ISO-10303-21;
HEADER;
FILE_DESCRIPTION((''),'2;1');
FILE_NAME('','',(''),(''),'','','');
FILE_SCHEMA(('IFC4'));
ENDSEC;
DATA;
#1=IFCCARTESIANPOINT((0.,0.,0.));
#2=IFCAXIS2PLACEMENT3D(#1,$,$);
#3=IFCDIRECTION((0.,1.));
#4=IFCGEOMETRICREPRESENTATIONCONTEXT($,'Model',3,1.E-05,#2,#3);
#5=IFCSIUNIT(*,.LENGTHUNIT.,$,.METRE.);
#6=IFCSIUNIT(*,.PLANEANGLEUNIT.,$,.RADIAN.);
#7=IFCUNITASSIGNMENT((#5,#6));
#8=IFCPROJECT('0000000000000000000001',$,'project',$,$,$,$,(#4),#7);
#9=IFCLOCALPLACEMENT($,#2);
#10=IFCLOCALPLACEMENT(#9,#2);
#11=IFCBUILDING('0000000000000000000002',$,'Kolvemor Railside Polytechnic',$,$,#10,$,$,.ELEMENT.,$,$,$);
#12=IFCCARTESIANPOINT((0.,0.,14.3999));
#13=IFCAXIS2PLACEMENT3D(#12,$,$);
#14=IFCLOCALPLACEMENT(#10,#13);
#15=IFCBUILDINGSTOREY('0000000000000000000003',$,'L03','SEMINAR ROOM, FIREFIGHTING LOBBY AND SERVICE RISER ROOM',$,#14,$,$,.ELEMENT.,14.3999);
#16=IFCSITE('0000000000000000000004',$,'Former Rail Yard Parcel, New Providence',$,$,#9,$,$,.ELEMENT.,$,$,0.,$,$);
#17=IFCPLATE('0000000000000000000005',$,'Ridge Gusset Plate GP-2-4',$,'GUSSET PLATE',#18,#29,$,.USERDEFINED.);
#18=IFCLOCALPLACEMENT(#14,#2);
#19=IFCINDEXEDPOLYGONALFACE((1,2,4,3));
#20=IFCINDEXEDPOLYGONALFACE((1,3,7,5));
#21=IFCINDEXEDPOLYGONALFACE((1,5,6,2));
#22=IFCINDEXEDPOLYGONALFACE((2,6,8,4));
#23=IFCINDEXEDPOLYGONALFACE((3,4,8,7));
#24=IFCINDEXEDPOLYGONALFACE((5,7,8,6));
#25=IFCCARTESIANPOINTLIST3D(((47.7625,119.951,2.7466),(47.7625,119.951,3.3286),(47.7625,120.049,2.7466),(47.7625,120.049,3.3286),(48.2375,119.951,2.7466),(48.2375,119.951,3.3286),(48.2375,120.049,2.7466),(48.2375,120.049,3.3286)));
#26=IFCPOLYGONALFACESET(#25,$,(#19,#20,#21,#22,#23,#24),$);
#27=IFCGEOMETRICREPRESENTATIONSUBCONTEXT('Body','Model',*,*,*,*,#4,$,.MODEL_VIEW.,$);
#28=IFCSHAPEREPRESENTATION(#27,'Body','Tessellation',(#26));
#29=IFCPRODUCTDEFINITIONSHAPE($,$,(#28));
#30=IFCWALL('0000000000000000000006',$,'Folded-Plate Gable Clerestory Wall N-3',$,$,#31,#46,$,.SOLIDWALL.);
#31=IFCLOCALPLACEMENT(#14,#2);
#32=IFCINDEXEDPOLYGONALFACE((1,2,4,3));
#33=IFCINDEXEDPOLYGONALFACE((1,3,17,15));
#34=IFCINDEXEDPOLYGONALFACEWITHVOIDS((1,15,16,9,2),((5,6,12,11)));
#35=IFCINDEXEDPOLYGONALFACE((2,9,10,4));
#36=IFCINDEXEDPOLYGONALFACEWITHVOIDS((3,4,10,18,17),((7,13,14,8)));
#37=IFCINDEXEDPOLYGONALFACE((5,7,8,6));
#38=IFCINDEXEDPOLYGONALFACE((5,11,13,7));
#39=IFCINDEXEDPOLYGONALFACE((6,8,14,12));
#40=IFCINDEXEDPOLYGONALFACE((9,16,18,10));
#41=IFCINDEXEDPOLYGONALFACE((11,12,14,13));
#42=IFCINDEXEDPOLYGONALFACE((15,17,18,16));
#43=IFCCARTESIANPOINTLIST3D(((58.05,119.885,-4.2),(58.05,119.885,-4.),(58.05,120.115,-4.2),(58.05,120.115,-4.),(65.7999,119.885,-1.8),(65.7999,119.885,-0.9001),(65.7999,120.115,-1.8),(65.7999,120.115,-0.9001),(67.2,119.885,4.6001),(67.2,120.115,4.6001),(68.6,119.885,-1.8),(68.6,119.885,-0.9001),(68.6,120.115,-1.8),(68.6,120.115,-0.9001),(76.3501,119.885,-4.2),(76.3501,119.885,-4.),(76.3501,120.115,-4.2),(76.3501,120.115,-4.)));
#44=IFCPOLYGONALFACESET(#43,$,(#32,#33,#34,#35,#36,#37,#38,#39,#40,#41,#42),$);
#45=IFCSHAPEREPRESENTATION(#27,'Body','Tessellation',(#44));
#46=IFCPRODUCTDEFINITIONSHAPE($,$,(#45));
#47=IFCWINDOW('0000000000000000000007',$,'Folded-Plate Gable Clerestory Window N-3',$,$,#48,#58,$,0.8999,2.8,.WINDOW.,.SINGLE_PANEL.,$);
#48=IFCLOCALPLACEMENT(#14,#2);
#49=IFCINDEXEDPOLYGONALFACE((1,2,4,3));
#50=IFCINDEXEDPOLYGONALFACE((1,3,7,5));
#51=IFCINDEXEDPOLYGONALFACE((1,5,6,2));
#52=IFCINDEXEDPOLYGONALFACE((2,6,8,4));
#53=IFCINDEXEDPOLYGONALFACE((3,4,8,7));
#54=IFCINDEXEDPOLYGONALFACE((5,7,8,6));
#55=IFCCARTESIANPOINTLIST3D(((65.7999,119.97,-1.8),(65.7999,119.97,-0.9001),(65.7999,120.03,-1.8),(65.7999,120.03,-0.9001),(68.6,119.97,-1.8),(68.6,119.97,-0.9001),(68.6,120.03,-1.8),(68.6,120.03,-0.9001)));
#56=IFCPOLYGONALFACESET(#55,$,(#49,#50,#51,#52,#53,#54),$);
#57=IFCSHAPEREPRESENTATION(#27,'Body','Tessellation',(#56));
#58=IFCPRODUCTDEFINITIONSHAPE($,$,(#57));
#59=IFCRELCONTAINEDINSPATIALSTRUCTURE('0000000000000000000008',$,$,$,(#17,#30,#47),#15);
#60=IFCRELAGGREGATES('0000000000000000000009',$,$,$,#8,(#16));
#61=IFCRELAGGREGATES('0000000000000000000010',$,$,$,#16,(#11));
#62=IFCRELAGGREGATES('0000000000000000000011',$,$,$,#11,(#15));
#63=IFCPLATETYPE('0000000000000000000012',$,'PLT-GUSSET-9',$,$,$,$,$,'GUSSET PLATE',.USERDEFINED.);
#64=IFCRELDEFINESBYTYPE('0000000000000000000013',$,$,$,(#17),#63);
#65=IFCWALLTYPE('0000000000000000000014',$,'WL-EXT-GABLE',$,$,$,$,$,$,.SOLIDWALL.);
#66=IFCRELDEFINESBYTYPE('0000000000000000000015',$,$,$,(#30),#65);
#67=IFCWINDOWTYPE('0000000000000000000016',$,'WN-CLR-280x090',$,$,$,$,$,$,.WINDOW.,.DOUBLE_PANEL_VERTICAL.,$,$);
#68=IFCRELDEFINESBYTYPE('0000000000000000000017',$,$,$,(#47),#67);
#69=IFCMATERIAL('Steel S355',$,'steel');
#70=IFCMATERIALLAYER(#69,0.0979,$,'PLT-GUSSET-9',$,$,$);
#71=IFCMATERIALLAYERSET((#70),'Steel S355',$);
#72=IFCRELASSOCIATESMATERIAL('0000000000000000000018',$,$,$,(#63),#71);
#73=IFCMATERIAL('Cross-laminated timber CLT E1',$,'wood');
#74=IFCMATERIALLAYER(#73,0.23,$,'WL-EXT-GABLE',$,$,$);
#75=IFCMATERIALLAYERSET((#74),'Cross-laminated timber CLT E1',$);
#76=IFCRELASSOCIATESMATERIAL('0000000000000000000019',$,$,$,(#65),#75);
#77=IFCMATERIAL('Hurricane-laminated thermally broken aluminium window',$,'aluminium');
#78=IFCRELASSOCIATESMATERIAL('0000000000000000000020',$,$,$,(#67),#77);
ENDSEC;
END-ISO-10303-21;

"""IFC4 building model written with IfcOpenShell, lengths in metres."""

from ifc_helpers import new_model, si_unit, direction, frame, frame_2d, origin, origin_2d, place, context, subcontext, project, spatial, polyline, rectangle, outline, extrude, material, layer, layer_set, type_object, element, fill, save


model = new_model("IFC4")

# Units and contexts
model_context = context("Model", 3, precision=1e-05, world=origin(), true_north=direction((0.0, 1.0)))
body_context = subcontext(model_context, "Body", "Model", "MODEL_VIEW")
ifc_project = project(units=[si_unit("LENGTHUNIT", "METRE"), si_unit("PLANEANGLEUNIT", "RADIAN")], contexts=[model_context])

# Site, building, storey
site_placement = place(None, origin())
site = spatial("IfcSite", under=ifc_project, at=site_placement, Name="Former Rail Yard Parcel, New Providence", CompositionType="ELEMENT", RefElevation=0.0)
building_placement = place(site_placement, origin())
building = spatial("IfcBuilding", under=site, at=building_placement, Name="Kolvemor Railside Polytechnic", CompositionType="ELEMENT")
storey_placement = place(building_placement, frame((0.0, 0.0, 14.3999)))
storey = spatial("IfcBuildingStorey", under=building, at=storey_placement, Name="L03", Description="SEMINAR ROOM, FIREFIGHTING LOBBY AND SERVICE RISER ROOM", CompositionType="ELEMENT", Elevation=14.3999)

# Plate
ifc_material_1 = material(Name="Steel S355", Category="steel")
ifc_layer_1 = layer(ifc_material_1, 0.0979, Name="PLT-GUSSET-9")
ifc_layer_set_1 = layer_set([ifc_layer_1], Name="Steel S355")
plate_type_1 = type_object("IfcPlateType", Name="PLT-GUSSET-9", ElementType="GUSSET PLATE", PredefinedType="USERDEFINED", material=ifc_layer_set_1)
plate_1_placement = place(storey_placement, frame((48.0, 120.0, 2.7466), z_axis=(0.0, 0.0, 1.0), x_axis=(1.0, 0.0, 0.0)))
element("IfcPlate", 1, at=plate_1_placement, inside=storey, type_object=plate_type_1, Name="Ridge Gusset Plate GP-2-4", ObjectType="GUSSET PLATE", PredefinedType="USERDEFINED", context=body_context, shape_type="SweptSolid", body=[
    extrude(rectangle(XDim=0.4751, YDim=0.0979, at=origin_2d()), origin(), (0.0, 0.0, 1.0), 0.582),
])

# Wall, opening, window
ifc_material_2 = material(Name="Cross-laminated timber CLT E1", Category="wood")
ifc_layer_2 = layer(ifc_material_2, 0.23, Name="WL-EXT-GABLE")
ifc_layer_set_2 = layer_set([ifc_layer_2], Name="Cross-laminated timber CLT E1")
wall_type = type_object("IfcWallType", Name="WL-EXT-GABLE", PredefinedType="SOLIDWALL", material=ifc_layer_set_2)
wall_placement = place(storey_placement, frame((58.05, 120.0, -4.2), z_axis=(0.0, 0.0, 1.0), x_axis=(1.0, 0.0, 0.0)))
wall = element("IfcWall", 2, at=wall_placement, inside=storey, type_object=wall_type, Name="Folded-Plate Gable Clerestory Wall N-3", PredefinedType="SOLIDWALL", context=body_context, shape_type="SweptSolid", body=[
    extrude(outline(polyline([(0.0, 0.0), (18.3, 0.0), (18.3, 0.2), (9.1499, 8.8), (0.0, 0.2), (0.0, 0.0)])), frame((0.0, 0.115, 0.0), z_axis=(0.0, -1.0, 0.0), x_axis=(1.0, 0.0, 0.0)), (0.0, 0.0, 1.0), 0.23),
])
opening_placement = place(wall_placement, frame((7.75, 0.0, 2.3999)))
opening = element("IfcOpeningElement", 3, at=opening_placement, cuts=wall, PredefinedType="OPENING", context=body_context, shape_type="SweptSolid", body=[
    extrude(rectangle(XDim=2.8, YDim=0.8999, at=frame_2d((1.3999, 0.45))), frame((0.0, 0.125, 0.0), z_axis=(0.0, -1.0, 0.0), x_axis=(1.0, 0.0, 0.0)), (0.0, 0.0, 1.0), 0.25),
])
ifc_material_3 = material(Name="Hurricane-laminated thermally broken aluminium window", Category="aluminium")
window_type = type_object("IfcWindowType", Name="WN-CLR-280x090", PartitioningType="DOUBLE_PANEL_VERTICAL", PredefinedType="WINDOW", material=ifc_material_3)
window_placement = place(opening_placement, origin())
window = element("IfcWindow", 4, at=window_placement, inside=storey, type_object=window_type, Name="Folded-Plate Gable Clerestory Window N-3", OverallHeight=0.8999, OverallWidth=2.8, PartitioningType="SINGLE_PANEL", PredefinedType="WINDOW", context=body_context, shape_type="SweptSolid", body=[
    extrude(rectangle(XDim=2.8, YDim=0.8999, at=frame_2d((1.3999, 0.45))), frame((0.0, 0.03, 0.0), z_axis=(0.0, -1.0, 0.0), x_axis=(1.0, 0.0, 0.0)), (0.0, 0.0, 1.0), 0.0601),
])
fill(opening, window)

save(model, "model.ifc")
